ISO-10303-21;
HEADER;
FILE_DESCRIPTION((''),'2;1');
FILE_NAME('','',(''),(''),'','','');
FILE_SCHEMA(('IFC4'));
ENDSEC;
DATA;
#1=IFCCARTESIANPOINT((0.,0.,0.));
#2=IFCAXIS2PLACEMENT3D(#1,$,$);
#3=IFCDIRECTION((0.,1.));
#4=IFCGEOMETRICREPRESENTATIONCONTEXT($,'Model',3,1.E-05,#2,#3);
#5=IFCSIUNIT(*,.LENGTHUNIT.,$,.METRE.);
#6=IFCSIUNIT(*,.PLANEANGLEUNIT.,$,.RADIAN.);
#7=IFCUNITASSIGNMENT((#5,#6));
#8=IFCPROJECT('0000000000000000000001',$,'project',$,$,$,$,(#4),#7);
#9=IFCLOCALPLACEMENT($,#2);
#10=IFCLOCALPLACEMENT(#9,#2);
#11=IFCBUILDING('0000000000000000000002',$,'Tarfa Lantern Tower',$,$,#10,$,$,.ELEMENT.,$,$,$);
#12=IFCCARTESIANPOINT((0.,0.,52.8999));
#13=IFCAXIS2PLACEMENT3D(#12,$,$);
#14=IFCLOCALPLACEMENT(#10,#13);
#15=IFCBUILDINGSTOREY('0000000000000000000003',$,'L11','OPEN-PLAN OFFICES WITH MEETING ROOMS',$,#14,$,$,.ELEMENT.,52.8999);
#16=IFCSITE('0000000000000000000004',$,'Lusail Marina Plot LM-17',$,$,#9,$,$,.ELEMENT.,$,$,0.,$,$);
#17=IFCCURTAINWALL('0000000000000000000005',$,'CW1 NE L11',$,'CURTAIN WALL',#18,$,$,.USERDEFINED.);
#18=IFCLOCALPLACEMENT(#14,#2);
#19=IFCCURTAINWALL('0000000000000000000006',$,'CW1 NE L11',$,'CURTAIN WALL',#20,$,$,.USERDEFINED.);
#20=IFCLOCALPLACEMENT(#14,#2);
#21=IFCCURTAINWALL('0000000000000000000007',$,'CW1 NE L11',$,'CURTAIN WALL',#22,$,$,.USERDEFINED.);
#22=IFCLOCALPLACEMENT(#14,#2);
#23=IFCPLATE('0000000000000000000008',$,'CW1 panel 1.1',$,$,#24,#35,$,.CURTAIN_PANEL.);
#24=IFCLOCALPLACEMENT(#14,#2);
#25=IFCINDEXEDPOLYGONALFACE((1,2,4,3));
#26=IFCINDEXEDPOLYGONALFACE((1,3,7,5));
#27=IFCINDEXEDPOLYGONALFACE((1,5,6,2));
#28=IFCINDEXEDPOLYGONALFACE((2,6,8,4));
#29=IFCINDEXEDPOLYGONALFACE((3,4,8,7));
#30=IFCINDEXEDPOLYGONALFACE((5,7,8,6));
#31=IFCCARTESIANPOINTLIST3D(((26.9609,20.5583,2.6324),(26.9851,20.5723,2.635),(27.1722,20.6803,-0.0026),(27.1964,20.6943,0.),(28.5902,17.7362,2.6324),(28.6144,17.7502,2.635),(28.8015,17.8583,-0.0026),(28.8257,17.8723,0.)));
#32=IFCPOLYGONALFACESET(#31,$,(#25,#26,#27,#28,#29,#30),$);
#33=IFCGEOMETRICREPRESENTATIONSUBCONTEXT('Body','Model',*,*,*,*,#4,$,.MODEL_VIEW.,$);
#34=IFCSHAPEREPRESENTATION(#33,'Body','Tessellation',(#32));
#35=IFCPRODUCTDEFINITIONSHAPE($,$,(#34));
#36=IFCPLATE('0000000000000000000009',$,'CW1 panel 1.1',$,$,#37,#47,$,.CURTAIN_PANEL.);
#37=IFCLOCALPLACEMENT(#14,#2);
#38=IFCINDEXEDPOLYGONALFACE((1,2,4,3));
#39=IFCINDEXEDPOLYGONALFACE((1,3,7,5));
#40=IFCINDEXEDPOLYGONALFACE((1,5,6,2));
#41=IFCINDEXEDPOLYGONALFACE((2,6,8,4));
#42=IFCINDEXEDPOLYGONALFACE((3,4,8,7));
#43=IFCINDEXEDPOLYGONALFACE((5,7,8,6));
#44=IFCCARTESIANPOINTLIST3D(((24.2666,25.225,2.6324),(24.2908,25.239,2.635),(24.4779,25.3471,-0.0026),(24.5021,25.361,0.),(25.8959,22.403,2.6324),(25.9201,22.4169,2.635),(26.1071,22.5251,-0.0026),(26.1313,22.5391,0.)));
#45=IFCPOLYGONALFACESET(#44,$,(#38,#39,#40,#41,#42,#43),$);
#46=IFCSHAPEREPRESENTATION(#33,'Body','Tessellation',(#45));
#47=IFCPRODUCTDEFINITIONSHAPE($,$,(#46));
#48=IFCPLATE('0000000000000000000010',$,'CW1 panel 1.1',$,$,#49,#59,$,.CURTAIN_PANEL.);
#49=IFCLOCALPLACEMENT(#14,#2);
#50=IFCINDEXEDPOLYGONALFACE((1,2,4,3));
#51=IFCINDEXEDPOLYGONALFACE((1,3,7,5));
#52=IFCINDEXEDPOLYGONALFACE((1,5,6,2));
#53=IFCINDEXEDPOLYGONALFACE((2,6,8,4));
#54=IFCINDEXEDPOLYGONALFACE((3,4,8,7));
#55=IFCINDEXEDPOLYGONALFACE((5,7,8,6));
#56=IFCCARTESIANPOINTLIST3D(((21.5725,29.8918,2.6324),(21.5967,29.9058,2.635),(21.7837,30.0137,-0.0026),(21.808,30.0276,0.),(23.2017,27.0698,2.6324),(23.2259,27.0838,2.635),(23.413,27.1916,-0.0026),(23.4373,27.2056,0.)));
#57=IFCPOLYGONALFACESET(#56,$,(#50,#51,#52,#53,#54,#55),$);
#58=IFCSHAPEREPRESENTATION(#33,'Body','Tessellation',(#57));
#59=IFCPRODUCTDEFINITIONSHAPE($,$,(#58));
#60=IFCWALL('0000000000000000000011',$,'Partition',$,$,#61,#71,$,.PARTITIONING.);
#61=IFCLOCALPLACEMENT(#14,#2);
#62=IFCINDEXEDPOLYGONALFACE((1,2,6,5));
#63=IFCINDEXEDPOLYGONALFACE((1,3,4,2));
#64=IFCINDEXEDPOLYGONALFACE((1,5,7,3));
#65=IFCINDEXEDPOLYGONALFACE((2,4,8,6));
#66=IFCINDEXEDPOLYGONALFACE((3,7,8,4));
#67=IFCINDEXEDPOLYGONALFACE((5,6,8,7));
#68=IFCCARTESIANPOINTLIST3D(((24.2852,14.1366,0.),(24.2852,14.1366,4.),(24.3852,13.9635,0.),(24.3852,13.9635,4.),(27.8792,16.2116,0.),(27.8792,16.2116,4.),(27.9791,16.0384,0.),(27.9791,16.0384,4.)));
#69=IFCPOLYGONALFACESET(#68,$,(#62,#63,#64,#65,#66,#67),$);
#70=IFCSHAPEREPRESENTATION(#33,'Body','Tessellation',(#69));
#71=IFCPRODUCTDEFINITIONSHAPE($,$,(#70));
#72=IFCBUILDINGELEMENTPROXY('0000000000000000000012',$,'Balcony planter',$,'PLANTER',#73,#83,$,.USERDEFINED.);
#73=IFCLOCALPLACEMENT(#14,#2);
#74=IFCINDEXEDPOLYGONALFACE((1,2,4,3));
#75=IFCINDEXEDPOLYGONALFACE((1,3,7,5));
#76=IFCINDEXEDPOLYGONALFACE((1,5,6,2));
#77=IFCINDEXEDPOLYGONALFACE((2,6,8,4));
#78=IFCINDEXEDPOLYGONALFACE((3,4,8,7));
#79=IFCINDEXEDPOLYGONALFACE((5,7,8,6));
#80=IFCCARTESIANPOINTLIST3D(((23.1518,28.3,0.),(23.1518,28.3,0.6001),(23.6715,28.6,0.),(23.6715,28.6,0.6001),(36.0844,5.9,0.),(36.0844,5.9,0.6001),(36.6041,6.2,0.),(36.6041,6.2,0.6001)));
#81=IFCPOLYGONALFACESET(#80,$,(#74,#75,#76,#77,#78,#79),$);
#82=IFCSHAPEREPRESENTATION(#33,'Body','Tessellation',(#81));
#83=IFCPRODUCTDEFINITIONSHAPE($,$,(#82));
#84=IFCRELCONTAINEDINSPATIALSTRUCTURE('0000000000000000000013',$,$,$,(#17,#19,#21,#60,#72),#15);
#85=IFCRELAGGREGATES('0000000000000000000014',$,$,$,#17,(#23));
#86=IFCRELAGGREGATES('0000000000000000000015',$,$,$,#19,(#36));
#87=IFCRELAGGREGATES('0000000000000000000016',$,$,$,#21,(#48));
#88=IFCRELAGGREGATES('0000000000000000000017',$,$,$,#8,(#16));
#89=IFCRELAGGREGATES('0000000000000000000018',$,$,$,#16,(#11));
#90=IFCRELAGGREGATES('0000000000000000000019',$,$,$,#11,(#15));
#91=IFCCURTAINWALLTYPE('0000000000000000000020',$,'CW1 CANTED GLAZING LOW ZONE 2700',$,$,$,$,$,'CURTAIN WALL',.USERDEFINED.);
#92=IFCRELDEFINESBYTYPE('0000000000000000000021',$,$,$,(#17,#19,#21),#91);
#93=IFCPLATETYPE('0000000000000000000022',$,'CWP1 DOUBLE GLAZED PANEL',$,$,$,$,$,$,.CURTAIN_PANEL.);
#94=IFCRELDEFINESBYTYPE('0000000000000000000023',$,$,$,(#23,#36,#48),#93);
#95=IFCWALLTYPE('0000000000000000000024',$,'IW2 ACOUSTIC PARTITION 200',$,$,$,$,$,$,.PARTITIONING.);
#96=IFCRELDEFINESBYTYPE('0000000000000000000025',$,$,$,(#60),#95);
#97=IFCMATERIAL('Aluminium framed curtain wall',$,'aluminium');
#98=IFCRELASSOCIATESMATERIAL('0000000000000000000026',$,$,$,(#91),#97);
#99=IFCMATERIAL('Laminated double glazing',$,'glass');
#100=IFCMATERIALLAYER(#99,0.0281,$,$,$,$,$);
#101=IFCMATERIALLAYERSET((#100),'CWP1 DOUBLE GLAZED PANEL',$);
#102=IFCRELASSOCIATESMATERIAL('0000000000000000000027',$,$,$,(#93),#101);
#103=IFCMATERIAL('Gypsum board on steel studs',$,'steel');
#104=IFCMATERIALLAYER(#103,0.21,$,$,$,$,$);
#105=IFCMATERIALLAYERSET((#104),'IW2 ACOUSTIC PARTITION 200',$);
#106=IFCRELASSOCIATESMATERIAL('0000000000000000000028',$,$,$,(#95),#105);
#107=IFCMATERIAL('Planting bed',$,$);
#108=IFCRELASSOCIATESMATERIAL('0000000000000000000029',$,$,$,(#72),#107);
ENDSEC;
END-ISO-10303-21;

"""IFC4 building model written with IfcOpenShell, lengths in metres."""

from ifc_helpers import new_model, si_unit, direction, frame, frame_2d, origin, origin_2d, place, context, subcontext, project, spatial, polyline, rectangle, outline, extrude, material, layer, layer_set, type_object, element, aggregate, save


model = new_model("IFC4")

# Units and contexts
model_context = context("Model", 3, precision=1e-05, world=origin(), true_north=direction((0.0, 1.0)))
body_context = subcontext(model_context, "Body", "Model", "MODEL_VIEW")
ifc_project = project(units=[si_unit("LENGTHUNIT", "METRE"), si_unit("PLANEANGLEUNIT", "RADIAN")], contexts=[model_context])

# Site, building, storey
site_placement = place(None, origin())
site = spatial("IfcSite", under=ifc_project, at=site_placement, Name="Lusail Marina Plot LM-17", CompositionType="ELEMENT", RefElevation=0.0)
building_placement = place(site_placement, origin())
building = spatial("IfcBuilding", under=site, at=building_placement, Name="Tarfa Lantern Tower", CompositionType="ELEMENT")
storey_placement = place(building_placement, frame((0.0, 0.0, 52.8999)))
storey = spatial("IfcBuildingStorey", under=building, at=storey_placement, Name="L11", Description="OPEN-PLAN OFFICES WITH MEETING ROOMS", CompositionType="ELEMENT", Elevation=52.8999)

# Shared definitions
ifc_material_1 = material(Name="Aluminium framed curtain wall", Category="aluminium")
curtain_wall_type = type_object("IfcCurtainWallType", Name="CW1 CANTED GLAZING LOW ZONE 2700", ElementType="CURTAIN WALL", PredefinedType="USERDEFINED", material=ifc_material_1)

# Curtain walls
curtain_wall_1_placement = place(storey_placement, origin())
curtain_wall_1 = element("IfcCurtainWall", 1, at=curtain_wall_1_placement, inside=storey, type_object=curtain_wall_type, Name="CW1 NE L11", ObjectType="CURTAIN WALL", PredefinedType="USERDEFINED")
curtain_wall_2_placement = place(storey_placement, origin())
curtain_wall_2 = element("IfcCurtainWall", 2, at=curtain_wall_2_placement, inside=storey, type_object=curtain_wall_type, Name="CW1 NE L11", ObjectType="CURTAIN WALL", PredefinedType="USERDEFINED")

# Curtain wall
curtain_wall_3_placement = place(storey_placement, origin())
curtain_wall_3 = element("IfcCurtainWall", 3, at=curtain_wall_3_placement, inside=storey, type_object=curtain_wall_type, Name="CW1 NE L11", ObjectType="CURTAIN WALL", PredefinedType="USERDEFINED")

# Plates
ifc_material_2 = material(Name="Laminated double glazing", Category="glass")
ifc_layer_1 = layer(ifc_material_2, 0.0281)
ifc_layer_set_1 = layer_set([ifc_layer_1], Name="CWP1 DOUBLE GLAZED PANEL")
plate_type = type_object("IfcPlateType", Name="CWP1 DOUBLE GLAZED PANEL", PredefinedType="CURTAIN_PANEL", material=ifc_layer_set_1)
plate_1_placement = place(storey_placement, frame((28.8257, 17.8723, 0.0), z_axis=(0.862338, 0.497864, 0.092216), x_axis=(-0.499995, 0.866029, -0.000003)))
plate_1 = element("IfcPlate", 4, at=plate_1_placement, type_object=plate_type, Name="CW1 panel 1.1", PredefinedType="CURTAIN_PANEL", context=body_context, shape_type="SweptSolid", body=[
    extrude(outline(polyline([(0.0, 0.0), (3.2585, 0.0), (3.2585, 2.6463), (-0.0001, 2.6463), (0.0, 0.0)])), origin(), (0.0, 0.0, -1.0), 0.0281),
])
aggregate(curtain_wall_1, [plate_1])
plate_2_placement = place(storey_placement, frame((26.1313, 22.5391, 0.0), z_axis=(0.862338, 0.497864, 0.092216), x_axis=(-0.499995, 0.866029, -0.000003)))
plate_2 = element("IfcPlate", 5, at=plate_2_placement, type_object=plate_type, Name="CW1 panel 1.1", PredefinedType="CURTAIN_PANEL", context=body_context, shape_type="SweptSolid", body=[
    extrude(outline(polyline([(0.0, 0.0), (3.2585, 0.0), (3.2585, 2.6463), (-0.0001, 2.6463), (0.0, 0.0)])), origin(), (0.0, 0.0, -1.0), 0.0281),
])
aggregate(curtain_wall_2, [plate_2])
plate_3_placement = place(storey_placement, frame((23.4373, 27.2056, 0.0), z_axis=(0.862342, 0.497867, 0.09217), x_axis=(-0.499995, 0.866028, 0.000003)))
plate_3 = element("IfcPlate", 6, at=plate_3_placement, type_object=plate_type, Name="CW1 panel 1.1", PredefinedType="CURTAIN_PANEL", context=body_context, shape_type="SweptSolid", body=[
    extrude(outline(polyline([(0.0, 0.0), (3.2586, 0.0), (3.2587, 2.6463), (0.0002, 2.6463), (0.0, 0.0)])), origin(), (0.0, 0.0, -1.0), 0.0281),
])
aggregate(curtain_wall_3, [plate_3])

# Wall
ifc_material_3 = material(Name="Gypsum board on steel studs", Category="steel")
ifc_layer_2 = layer(ifc_material_3, 0.21)
ifc_layer_set_2 = layer_set([ifc_layer_2], Name="IW2 ACOUSTIC PARTITION 200")
wall_type = type_object("IfcWallType", Name="IW2 ACOUSTIC PARTITION 200", PredefinedType="PARTITIONING", material=ifc_layer_set_2)
wall_placement = place(storey_placement, frame((24.3352, 14.05, 0.0), z_axis=(0.0, 0.0, 1.0), x_axis=(0.86603, 0.499992, 0.0)))
element("IfcWall", 7, at=wall_placement, inside=storey, type_object=wall_type, Name="Partition", PredefinedType="PARTITIONING", context=body_context, shape_type="SweptSolid", body=[
    extrude(rectangle(XDim=4.1499, YDim=0.2, at=frame_2d((2.075, 0.0))), origin(), (0.0, 0.0, 1.0), 4.0),
])

# Building element proxy
ifc_material_4 = material(Name="Planting bed")
proxy_placement = place(storey_placement, frame((29.8779, 17.25, 0.0), z_axis=(0.0, 0.0, 1.0), x_axis=(-0.5, 0.866025, 0.0)))
element("IfcBuildingElementProxy", 8, at=proxy_placement, inside=storey, material=ifc_material_4, Name="Balcony planter", ObjectType="PLANTER", PredefinedType="USERDEFINED", context=body_context, shape_type="SweptSolid", body=[
    extrude(rectangle(XDim=25.8652, YDim=0.6001, at=origin_2d()), origin(), (0.0, 0.0, 1.0), 0.6001),
])

save(model, "model.ifc")
